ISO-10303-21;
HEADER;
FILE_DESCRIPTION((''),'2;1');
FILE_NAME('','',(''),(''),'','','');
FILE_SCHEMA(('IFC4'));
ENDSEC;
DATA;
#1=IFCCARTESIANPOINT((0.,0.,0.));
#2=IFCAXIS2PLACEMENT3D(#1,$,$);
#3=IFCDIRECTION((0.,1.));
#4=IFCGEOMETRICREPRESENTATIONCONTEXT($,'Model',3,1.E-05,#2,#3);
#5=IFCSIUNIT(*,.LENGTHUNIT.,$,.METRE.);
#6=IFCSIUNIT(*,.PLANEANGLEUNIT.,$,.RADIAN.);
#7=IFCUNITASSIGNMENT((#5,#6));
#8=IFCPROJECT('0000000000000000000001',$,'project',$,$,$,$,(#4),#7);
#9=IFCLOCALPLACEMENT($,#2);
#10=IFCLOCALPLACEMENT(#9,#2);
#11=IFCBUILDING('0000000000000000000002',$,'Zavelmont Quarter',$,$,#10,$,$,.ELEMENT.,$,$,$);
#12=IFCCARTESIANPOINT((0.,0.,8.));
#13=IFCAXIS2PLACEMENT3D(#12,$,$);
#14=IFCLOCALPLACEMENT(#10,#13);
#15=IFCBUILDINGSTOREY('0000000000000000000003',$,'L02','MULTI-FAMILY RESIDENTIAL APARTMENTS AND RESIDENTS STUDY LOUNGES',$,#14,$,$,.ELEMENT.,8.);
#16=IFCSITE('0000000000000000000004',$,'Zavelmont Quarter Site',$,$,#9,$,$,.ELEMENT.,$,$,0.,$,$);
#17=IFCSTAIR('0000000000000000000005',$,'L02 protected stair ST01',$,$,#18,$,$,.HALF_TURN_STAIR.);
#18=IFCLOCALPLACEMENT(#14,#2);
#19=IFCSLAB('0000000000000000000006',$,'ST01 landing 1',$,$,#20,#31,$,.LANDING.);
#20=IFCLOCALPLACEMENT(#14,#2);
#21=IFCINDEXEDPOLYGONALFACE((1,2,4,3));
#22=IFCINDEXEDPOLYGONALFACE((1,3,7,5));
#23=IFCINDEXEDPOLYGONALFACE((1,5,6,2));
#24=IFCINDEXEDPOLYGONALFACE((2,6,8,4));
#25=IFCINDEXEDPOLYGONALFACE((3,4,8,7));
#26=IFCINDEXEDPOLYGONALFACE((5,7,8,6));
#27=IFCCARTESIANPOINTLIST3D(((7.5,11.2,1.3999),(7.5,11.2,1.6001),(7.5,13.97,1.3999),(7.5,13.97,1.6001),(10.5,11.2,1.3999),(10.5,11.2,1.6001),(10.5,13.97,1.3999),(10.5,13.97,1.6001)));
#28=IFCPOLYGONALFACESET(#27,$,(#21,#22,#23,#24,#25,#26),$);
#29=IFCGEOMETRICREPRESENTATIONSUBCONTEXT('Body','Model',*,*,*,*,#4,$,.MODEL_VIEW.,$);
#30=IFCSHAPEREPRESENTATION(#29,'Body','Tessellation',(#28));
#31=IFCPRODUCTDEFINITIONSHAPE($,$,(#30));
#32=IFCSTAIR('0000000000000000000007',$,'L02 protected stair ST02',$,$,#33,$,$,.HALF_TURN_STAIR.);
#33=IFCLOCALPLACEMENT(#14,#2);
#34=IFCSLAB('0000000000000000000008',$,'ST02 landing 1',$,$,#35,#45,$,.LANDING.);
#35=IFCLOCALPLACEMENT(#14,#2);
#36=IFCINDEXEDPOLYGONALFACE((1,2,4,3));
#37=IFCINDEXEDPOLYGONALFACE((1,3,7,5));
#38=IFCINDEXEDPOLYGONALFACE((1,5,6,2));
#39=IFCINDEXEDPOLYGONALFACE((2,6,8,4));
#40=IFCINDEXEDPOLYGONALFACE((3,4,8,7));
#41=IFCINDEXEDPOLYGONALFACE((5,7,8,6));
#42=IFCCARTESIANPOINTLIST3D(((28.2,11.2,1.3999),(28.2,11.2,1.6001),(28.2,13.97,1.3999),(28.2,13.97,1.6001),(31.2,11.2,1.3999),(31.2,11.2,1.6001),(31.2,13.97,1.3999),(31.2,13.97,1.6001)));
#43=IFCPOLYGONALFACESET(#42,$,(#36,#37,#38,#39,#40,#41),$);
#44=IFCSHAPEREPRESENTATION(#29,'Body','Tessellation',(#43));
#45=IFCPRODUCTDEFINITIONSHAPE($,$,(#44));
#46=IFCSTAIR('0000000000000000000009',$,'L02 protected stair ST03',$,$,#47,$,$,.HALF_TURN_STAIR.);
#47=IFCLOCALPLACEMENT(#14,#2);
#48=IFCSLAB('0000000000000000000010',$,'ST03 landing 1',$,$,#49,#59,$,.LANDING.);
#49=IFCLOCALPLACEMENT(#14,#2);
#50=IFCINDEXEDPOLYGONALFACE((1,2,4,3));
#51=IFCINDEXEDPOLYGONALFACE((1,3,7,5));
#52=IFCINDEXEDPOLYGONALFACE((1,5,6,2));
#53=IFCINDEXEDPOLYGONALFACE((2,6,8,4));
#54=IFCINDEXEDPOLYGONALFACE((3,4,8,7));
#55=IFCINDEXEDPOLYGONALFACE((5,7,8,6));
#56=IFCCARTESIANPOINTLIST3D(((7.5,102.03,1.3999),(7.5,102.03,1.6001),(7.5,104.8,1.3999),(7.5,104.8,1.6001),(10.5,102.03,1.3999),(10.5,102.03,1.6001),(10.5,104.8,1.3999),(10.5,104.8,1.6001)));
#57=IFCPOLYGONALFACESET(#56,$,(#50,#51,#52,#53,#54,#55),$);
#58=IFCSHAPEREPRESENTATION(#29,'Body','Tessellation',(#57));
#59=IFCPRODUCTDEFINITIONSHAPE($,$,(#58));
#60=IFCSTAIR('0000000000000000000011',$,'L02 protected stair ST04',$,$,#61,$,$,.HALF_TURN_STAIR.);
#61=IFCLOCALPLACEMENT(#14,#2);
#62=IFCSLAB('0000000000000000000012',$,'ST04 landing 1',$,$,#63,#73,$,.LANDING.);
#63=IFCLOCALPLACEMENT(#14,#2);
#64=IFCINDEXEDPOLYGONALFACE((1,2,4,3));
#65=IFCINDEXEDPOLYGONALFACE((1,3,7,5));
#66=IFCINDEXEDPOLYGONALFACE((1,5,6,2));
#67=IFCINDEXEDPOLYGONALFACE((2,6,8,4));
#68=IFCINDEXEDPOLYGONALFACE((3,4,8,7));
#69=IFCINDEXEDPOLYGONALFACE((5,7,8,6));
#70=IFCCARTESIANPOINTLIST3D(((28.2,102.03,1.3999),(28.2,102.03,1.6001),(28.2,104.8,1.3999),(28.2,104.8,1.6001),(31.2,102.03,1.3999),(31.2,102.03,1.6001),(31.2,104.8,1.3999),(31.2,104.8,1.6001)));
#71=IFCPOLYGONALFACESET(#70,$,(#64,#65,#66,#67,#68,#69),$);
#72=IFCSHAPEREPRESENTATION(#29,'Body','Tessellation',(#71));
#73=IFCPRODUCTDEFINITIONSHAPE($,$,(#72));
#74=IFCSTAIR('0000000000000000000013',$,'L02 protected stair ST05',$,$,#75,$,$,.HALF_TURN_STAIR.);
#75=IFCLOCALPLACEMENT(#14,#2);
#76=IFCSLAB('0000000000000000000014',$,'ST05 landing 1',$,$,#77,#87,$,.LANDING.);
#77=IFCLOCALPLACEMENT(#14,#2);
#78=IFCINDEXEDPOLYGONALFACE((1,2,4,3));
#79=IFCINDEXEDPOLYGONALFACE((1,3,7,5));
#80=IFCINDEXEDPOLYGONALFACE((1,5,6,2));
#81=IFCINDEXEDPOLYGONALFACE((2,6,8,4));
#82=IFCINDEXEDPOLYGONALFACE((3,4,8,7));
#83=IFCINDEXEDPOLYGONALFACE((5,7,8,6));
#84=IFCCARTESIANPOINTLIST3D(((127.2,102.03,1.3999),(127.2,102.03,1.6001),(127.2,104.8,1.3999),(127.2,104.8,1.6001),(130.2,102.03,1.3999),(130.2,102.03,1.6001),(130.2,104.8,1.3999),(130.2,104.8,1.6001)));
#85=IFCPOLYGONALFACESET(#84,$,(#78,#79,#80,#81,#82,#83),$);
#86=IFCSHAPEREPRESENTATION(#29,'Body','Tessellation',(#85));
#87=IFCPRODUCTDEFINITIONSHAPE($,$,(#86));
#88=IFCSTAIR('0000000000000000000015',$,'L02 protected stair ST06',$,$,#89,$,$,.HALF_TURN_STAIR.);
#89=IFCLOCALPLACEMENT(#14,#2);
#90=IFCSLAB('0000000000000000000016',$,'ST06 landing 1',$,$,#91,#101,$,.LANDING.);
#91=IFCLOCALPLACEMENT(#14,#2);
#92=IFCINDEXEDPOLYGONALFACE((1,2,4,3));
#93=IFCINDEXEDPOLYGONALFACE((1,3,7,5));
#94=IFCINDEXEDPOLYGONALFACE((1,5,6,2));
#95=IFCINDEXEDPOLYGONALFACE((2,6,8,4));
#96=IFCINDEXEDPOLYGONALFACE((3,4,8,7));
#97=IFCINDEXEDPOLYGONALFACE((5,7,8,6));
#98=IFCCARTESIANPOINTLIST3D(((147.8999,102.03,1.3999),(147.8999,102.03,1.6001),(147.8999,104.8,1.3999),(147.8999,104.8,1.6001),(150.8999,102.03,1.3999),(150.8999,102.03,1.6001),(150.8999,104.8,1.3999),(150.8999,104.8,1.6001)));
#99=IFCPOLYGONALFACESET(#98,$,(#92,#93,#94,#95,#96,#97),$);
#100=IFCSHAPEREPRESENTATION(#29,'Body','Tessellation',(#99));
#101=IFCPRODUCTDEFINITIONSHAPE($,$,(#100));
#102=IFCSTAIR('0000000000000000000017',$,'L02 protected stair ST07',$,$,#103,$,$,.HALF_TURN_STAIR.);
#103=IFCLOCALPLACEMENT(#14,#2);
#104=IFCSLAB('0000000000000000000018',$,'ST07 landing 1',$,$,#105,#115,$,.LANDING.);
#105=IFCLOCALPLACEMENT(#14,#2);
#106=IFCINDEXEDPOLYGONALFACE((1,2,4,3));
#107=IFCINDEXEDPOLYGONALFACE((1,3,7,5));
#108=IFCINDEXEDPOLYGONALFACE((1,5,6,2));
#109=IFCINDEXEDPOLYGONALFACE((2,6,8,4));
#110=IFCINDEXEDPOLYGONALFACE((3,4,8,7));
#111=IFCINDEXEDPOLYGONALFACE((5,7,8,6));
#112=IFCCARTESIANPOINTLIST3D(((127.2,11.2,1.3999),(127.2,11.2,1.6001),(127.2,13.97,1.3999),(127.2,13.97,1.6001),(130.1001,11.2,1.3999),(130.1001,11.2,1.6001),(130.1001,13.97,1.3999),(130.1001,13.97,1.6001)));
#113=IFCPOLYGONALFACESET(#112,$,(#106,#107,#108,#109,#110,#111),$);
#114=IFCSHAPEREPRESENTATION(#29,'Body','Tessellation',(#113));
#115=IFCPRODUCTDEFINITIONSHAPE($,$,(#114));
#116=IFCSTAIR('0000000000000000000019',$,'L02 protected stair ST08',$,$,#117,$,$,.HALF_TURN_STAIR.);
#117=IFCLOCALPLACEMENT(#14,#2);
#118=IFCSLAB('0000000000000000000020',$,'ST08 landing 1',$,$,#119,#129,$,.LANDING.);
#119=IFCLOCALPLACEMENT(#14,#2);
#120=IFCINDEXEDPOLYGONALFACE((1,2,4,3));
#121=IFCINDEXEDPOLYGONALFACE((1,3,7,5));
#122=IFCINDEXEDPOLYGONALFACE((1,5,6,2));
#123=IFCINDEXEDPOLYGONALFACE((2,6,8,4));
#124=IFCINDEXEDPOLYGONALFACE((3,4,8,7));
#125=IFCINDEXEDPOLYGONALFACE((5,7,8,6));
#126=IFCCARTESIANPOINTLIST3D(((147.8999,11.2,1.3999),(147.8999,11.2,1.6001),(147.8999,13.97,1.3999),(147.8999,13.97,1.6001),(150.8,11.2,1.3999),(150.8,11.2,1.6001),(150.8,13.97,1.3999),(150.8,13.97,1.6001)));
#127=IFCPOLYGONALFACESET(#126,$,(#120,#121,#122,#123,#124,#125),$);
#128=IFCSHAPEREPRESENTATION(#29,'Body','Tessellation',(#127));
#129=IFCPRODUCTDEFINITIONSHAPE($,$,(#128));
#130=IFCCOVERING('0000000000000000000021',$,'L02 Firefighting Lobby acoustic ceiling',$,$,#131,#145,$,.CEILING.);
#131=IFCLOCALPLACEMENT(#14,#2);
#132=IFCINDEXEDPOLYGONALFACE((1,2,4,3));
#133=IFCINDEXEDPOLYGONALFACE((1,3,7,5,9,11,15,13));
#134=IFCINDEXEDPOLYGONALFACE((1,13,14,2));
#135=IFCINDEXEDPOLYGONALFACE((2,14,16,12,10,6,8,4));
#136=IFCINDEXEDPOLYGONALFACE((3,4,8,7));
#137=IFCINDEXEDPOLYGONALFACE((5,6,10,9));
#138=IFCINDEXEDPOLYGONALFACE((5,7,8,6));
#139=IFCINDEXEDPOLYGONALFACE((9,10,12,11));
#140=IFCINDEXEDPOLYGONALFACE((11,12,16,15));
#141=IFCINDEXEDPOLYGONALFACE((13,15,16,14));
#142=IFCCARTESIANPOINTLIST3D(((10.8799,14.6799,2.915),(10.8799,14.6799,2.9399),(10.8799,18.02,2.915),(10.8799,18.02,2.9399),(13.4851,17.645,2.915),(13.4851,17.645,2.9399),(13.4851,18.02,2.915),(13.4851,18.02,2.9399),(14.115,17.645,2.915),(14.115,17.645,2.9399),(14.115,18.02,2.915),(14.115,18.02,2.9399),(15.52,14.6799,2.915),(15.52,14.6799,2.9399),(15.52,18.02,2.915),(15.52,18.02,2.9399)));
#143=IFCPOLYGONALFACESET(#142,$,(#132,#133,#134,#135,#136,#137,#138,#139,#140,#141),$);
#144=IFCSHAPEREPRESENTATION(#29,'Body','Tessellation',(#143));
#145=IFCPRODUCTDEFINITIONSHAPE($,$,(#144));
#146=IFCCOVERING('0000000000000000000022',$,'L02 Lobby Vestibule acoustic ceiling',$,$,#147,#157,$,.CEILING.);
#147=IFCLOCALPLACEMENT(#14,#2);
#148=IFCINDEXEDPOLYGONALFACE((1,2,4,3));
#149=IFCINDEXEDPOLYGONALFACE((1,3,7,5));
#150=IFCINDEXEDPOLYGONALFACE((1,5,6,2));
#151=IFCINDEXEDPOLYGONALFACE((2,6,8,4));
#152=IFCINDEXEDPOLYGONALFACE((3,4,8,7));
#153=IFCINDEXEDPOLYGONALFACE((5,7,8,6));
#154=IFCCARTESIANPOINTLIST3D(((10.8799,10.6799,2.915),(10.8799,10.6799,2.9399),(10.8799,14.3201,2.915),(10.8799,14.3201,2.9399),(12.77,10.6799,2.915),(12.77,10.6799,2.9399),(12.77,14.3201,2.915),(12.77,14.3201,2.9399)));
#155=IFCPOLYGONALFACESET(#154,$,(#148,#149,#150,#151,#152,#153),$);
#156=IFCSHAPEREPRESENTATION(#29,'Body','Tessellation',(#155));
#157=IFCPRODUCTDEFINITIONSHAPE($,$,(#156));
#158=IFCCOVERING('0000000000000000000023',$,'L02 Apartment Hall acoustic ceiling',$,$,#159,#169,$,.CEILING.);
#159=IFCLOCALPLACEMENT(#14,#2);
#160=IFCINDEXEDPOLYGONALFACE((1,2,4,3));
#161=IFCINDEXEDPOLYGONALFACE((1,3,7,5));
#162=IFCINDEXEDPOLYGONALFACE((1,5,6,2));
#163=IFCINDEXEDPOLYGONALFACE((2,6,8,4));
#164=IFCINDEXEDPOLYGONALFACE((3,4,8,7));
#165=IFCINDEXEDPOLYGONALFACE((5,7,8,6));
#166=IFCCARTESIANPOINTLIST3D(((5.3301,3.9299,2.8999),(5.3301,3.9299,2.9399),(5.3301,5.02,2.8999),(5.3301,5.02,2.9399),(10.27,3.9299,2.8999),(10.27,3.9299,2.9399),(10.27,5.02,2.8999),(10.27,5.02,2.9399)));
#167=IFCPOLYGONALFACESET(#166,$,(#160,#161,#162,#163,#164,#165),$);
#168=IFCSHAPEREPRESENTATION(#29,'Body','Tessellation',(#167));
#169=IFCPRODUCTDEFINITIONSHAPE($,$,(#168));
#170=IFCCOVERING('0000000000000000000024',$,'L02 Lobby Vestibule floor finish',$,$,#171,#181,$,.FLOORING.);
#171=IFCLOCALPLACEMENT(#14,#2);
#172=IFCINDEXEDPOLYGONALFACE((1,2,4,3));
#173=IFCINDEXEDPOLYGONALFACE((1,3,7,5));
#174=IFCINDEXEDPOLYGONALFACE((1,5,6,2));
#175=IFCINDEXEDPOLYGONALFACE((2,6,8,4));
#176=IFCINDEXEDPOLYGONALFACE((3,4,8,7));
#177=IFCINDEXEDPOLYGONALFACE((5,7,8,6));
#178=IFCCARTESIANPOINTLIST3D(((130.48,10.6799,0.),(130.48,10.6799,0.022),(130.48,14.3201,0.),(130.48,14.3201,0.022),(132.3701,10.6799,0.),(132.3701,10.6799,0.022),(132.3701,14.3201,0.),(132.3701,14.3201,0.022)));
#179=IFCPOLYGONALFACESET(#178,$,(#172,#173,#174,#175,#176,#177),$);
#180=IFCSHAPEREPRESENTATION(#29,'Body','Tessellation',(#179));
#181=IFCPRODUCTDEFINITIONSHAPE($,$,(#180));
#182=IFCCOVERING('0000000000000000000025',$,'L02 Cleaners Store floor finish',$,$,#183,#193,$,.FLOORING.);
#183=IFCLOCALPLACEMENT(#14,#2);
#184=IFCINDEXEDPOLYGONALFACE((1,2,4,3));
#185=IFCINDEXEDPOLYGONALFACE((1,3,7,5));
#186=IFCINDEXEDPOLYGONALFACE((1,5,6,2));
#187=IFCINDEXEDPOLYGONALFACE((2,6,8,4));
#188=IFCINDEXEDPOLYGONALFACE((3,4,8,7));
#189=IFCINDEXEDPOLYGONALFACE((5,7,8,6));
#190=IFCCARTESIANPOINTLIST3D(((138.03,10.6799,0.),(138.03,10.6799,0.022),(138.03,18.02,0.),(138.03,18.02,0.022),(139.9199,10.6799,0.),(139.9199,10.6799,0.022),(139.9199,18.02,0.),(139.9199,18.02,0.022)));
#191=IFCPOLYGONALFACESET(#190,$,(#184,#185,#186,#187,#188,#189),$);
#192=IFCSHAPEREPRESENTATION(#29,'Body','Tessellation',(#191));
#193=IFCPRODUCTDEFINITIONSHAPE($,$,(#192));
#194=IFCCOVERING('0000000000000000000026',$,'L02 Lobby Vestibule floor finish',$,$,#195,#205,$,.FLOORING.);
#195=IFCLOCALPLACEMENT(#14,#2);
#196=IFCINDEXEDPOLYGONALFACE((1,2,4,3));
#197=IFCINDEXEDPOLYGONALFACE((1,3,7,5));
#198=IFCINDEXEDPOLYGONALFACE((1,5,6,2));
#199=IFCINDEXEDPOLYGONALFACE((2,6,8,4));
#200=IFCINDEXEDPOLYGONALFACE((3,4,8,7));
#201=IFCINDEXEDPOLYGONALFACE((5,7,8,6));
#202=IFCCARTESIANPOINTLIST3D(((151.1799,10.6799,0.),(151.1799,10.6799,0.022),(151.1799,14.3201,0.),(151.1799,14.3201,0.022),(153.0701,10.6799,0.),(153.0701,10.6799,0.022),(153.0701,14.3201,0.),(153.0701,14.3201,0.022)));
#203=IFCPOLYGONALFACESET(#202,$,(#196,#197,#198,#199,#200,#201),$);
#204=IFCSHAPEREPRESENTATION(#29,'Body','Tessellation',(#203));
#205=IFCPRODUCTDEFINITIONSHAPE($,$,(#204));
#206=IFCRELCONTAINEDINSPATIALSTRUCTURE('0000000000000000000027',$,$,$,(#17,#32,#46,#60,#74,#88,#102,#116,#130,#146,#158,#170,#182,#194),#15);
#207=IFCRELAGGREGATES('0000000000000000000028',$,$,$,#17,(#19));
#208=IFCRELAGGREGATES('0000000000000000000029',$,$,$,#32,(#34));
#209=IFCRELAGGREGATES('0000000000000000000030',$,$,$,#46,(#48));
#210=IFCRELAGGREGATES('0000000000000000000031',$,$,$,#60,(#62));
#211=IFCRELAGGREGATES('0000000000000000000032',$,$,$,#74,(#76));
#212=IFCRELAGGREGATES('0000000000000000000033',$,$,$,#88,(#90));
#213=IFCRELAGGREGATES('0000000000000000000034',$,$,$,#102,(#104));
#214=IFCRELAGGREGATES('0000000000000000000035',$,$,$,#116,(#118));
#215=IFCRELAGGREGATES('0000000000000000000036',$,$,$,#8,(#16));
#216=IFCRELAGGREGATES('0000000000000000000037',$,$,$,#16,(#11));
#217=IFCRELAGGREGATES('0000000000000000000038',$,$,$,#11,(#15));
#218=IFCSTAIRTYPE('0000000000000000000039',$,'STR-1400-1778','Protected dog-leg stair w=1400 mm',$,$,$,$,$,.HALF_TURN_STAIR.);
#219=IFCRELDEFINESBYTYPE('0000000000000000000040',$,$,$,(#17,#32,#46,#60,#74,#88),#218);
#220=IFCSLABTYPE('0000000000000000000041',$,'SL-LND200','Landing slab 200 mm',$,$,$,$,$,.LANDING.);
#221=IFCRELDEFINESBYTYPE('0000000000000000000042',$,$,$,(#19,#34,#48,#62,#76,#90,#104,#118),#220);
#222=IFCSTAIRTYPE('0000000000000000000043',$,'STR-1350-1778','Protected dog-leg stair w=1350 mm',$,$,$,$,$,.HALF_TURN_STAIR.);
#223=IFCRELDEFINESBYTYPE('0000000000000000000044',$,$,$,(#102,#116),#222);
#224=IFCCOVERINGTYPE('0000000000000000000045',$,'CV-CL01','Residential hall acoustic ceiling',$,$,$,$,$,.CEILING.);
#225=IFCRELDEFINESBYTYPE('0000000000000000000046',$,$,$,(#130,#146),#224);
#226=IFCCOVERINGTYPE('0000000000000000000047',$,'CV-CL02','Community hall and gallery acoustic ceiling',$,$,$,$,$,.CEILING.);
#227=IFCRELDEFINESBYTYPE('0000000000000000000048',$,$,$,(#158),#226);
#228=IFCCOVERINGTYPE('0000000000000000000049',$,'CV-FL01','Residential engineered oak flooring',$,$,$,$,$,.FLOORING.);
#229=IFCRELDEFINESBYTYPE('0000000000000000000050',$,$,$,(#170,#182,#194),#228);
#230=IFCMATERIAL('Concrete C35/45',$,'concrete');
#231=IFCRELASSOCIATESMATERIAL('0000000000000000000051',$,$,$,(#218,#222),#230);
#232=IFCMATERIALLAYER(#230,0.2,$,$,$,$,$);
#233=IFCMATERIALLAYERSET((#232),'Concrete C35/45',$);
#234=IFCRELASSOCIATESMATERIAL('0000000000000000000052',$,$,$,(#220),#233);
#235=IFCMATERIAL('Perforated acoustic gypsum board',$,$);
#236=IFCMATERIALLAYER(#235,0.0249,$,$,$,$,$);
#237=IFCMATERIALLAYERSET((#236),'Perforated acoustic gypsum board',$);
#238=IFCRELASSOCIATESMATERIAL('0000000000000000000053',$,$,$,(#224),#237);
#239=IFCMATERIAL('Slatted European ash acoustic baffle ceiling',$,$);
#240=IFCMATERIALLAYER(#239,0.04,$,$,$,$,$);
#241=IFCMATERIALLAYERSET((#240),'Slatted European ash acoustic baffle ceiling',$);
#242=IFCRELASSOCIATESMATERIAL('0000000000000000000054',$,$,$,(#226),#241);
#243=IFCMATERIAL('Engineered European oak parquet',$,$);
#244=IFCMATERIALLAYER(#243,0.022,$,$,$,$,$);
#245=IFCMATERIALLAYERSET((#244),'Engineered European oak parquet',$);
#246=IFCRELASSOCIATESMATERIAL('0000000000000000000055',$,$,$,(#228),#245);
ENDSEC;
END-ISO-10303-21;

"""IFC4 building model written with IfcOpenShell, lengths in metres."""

from ifc_helpers import new_model, si_unit, direction, frame, origin, place, context, subcontext, project, spatial, polyline, outline, extrude, material, layer, layer_set, type_object, element, aggregate, save


model = new_model("IFC4")

# Units and contexts
model_context = context("Model", 3, precision=1e-05, world=origin(), true_north=direction((0.0, 1.0)))
body_context = subcontext(model_context, "Body", "Model", "MODEL_VIEW")
ifc_project = project(units=[si_unit("LENGTHUNIT", "METRE"), si_unit("PLANEANGLEUNIT", "RADIAN")], contexts=[model_context])

# Site, building, storey
site_placement = place(None, origin())
site = spatial("IfcSite", under=ifc_project, at=site_placement, Name="Zavelmont Quarter Site", CompositionType="ELEMENT", RefElevation=0.0)
building_placement = place(site_placement, origin())
building = spatial("IfcBuilding", under=site, at=building_placement, Name="Zavelmont Quarter", CompositionType="ELEMENT")
storey_placement = place(building_placement, frame((0.0, 0.0, 8.0)))
storey = spatial("IfcBuildingStorey", under=building, at=storey_placement, Name="L02", Description="MULTI-FAMILY RESIDENTIAL APARTMENTS AND RESIDENTS STUDY LOUNGES", CompositionType="ELEMENT", Elevation=8.0)

# Stairs, slabs
ifc_material_1 = material(Name="Concrete C35/45", Category="concrete")
stair_type_1 = type_object("IfcStairType", Name="STR-1400-1778", Description="Protected dog-leg stair w=1400 mm", PredefinedType="HALF_TURN_STAIR", material=ifc_material_1)
stair_1_placement = place(storey_placement, origin())
stair_1 = element("IfcStair", 1, at=stair_1_placement, inside=storey, type_object=stair_type_1, Name="L02 protected stair ST01", PredefinedType="HALF_TURN_STAIR")
ifc_layer_1 = layer(ifc_material_1, 0.2)
ifc_layer_set_1 = layer_set([ifc_layer_1], Name="Concrete C35/45")
slab_type = type_object("IfcSlabType", Name="SL-LND200", Description="Landing slab 200 mm", PredefinedType="LANDING", material=ifc_layer_set_1)
slab_1_placement = place(storey_placement, frame((0.0, 0.0, 1.3999)))
slab_1 = element("IfcSlab", 2, at=slab_1_placement, type_object=slab_type, Name="ST01 landing 1", PredefinedType="LANDING", context=body_context, shape_type="SweptSolid", body=[
    extrude(outline(polyline([(7.5, 13.97), (7.5, 11.2), (10.5, 11.2), (10.5, 13.97), (7.5, 13.97)])), origin(), (0.0, 0.0, 1.0), 0.2002),
])
aggregate(stair_1, [slab_1])
stair_2_placement = place(storey_placement, origin())
stair_2 = element("IfcStair", 3, at=stair_2_placement, inside=storey, type_object=stair_type_1, Name="L02 protected stair ST02", PredefinedType="HALF_TURN_STAIR")
slab_2_placement = place(storey_placement, frame((0.0, 0.0, 1.3999)))
slab_2 = element("IfcSlab", 4, at=slab_2_placement, type_object=slab_type, Name="ST02 landing 1", PredefinedType="LANDING", context=body_context, shape_type="SweptSolid", body=[
    extrude(outline(polyline([(28.2, 13.97), (28.2, 11.2), (31.2, 11.2), (31.2, 13.97), (28.2, 13.97)])), origin(), (0.0, 0.0, 1.0), 0.2002),
])
aggregate(stair_2, [slab_2])
stair_3_placement = place(storey_placement, origin())
stair_3 = element("IfcStair", 5, at=stair_3_placement, inside=storey, type_object=stair_type_1, Name="L02 protected stair ST03", PredefinedType="HALF_TURN_STAIR")
slab_3_placement = place(storey_placement, frame((0.0, 0.0, 1.3999)))
slab_3 = element("IfcSlab", 6, at=slab_3_placement, type_object=slab_type, Name="ST03 landing 1", PredefinedType="LANDING", context=body_context, shape_type="SweptSolid", body=[
    extrude(outline(polyline([(10.5, 102.03), (10.5, 104.8), (7.5, 104.8), (7.5, 102.03), (10.5, 102.03)])), origin(), (0.0, 0.0, 1.0), 0.2002),
])
aggregate(stair_3, [slab_3])
stair_4_placement = place(storey_placement, origin())
stair_4 = element("IfcStair", 7, at=stair_4_placement, inside=storey, type_object=stair_type_1, Name="L02 protected stair ST04", PredefinedType="HALF_TURN_STAIR")
slab_4_placement = place(storey_placement, frame((0.0, 0.0, 1.3999)))
slab_4 = element("IfcSlab", 8, at=slab_4_placement, type_object=slab_type, Name="ST04 landing 1", PredefinedType="LANDING", context=body_context, shape_type="SweptSolid", body=[
    extrude(outline(polyline([(31.2, 102.03), (31.2, 104.8), (28.2, 104.8), (28.2, 102.03), (31.2, 102.03)])), origin(), (0.0, 0.0, 1.0), 0.2002),
])
aggregate(stair_4, [slab_4])
stair_5_placement = place(storey_placement, origin())
stair_5 = element("IfcStair", 9, at=stair_5_placement, inside=storey, type_object=stair_type_1, Name="L02 protected stair ST05", PredefinedType="HALF_TURN_STAIR")
slab_5_placement = place(storey_placement, frame((0.0, 0.0, 1.3999)))
slab_5 = element("IfcSlab", 10, at=slab_5_placement, type_object=slab_type, Name="ST05 landing 1", PredefinedType="LANDING", context=body_context, shape_type="SweptSolid", body=[
    extrude(outline(polyline([(130.2, 102.03), (130.2, 104.8), (127.2, 104.8), (127.2, 102.03), (130.2, 102.03)])), origin(), (0.0, 0.0, 1.0), 0.2002),
])
aggregate(stair_5, [slab_5])
stair_6_placement = place(storey_placement, origin())
stair_6 = element("IfcStair", 11, at=stair_6_placement, inside=storey, type_object=stair_type_1, Name="L02 protected stair ST06", PredefinedType="HALF_TURN_STAIR")
slab_6_placement = place(storey_placement, frame((0.0, 0.0, 1.3999)))
slab_6 = element("IfcSlab", 12, at=slab_6_placement, type_object=slab_type, Name="ST06 landing 1", PredefinedType="LANDING", context=body_context, shape_type="SweptSolid", body=[
    extrude(outline(polyline([(150.8999, 102.03), (150.8999, 104.8), (147.8999, 104.8), (147.8999, 102.03), (150.8999, 102.03)])), origin(), (0.0, 0.0, 1.0), 0.2002),
])
aggregate(stair_6, [slab_6])
stair_type_2 = type_object("IfcStairType", Name="STR-1350-1778", Description="Protected dog-leg stair w=1350 mm", PredefinedType="HALF_TURN_STAIR", material=ifc_material_1)
stair_7_placement = place(storey_placement, origin())
stair_7 = element("IfcStair", 13, at=stair_7_placement, inside=storey, type_object=stair_type_2, Name="L02 protected stair ST07", PredefinedType="HALF_TURN_STAIR")
slab_7_placement = place(storey_placement, frame((0.0, 0.0, 1.3999)))
slab_7 = element("IfcSlab", 14, at=slab_7_placement, type_object=slab_type, Name="ST07 landing 1", PredefinedType="LANDING", context=body_context, shape_type="SweptSolid", body=[
    extrude(outline(polyline([(127.2, 13.97), (127.2, 11.2), (130.1001, 11.2), (130.1001, 13.97), (127.2, 13.97)])), origin(), (0.0, 0.0, 1.0), 0.2002),
])
aggregate(stair_7, [slab_7])
stair_8_placement = place(storey_placement, origin())
stair_8 = element("IfcStair", 15, at=stair_8_placement, inside=storey, type_object=stair_type_2, Name="L02 protected stair ST08", PredefinedType="HALF_TURN_STAIR")
slab_8_placement = place(storey_placement, frame((0.0, 0.0, 1.3999)))
slab_8 = element("IfcSlab", 16, at=slab_8_placement, type_object=slab_type, Name="ST08 landing 1", PredefinedType="LANDING", context=body_context, shape_type="SweptSolid", body=[
    extrude(outline(polyline([(147.8999, 13.97), (147.8999, 11.2), (150.8, 11.2), (150.8, 13.97), (147.8999, 13.97)])), origin(), (0.0, 0.0, 1.0), 0.2002),
])
aggregate(stair_8, [slab_8])

# Coverings
ifc_material_2 = material(Name="Perforated acoustic gypsum board")
ifc_layer_2 = layer(ifc_material_2, 0.0249)
ifc_layer_set_2 = layer_set([ifc_layer_2], Name="Perforated acoustic gypsum board")
covering_type_1 = type_object("IfcCoveringType", Name="CV-CL01", Description="Residential hall acoustic ceiling", PredefinedType="CEILING", material=ifc_layer_set_2)
covering_1_placement = place(storey_placement, frame((0.0, 0.0, 2.915)))
element("IfcCovering", 17, at=covering_1_placement, inside=storey, type_object=covering_type_1, Name="L02 Firefighting Lobby acoustic ceiling", PredefinedType="CEILING", context=body_context, shape_type="SweptSolid", body=[
    extrude(outline(polyline([(10.8799, 18.02), (13.4851, 18.02), (13.4851, 17.645), (14.115, 17.645), (14.115, 18.02), (15.52, 18.02), (15.52, 14.6799), (10.8799, 14.6799), (10.8799, 18.02)])), origin(), (0.0, 0.0, 1.0), 0.0249),
])
covering_2_placement = place(storey_placement, frame((0.0, 0.0, 2.915)))
element("IfcCovering", 18, at=covering_2_placement, inside=storey, type_object=covering_type_1, Name="L02 Lobby Vestibule acoustic ceiling", PredefinedType="CEILING", context=body_context, shape_type="SweptSolid", body=[
    extrude(outline(polyline([(10.8799, 14.3201), (12.77, 14.3201), (12.77, 10.6799), (10.8799, 10.6799), (10.8799, 14.3201)])), origin(), (0.0, 0.0, 1.0), 0.0249),
])
ifc_material_3 = material(Name="Slatted European ash acoustic baffle ceiling")
ifc_layer_3 = layer(ifc_material_3, 0.04)
ifc_layer_set_3 = layer_set([ifc_layer_3], Name="Slatted European ash acoustic baffle ceiling")
covering_type_2 = type_object("IfcCoveringType", Name="CV-CL02", Description="Community hall and gallery acoustic ceiling", PredefinedType="CEILING", material=ifc_layer_set_3)
covering_3_placement = place(storey_placement, frame((0.0, 0.0, 2.8999)))
element("IfcCovering", 19, at=covering_3_placement, inside=storey, type_object=covering_type_2, Name="L02 Apartment Hall acoustic ceiling", PredefinedType="CEILING", context=body_context, shape_type="SweptSolid", body=[
    extrude(outline(polyline([(5.3301, 5.02), (10.27, 5.02), (10.27, 3.9299), (5.3301, 3.9299), (5.3301, 5.02)])), origin(), (0.0, 0.0, 1.0), 0.04),
])
ifc_material_4 = material(Name="Engineered European oak parquet")
ifc_layer_4 = layer(ifc_material_4, 0.022)
ifc_layer_set_4 = layer_set([ifc_layer_4], Name="Engineered European oak parquet")
covering_type_3 = type_object("IfcCoveringType", Name="CV-FL01", Description="Residential engineered oak flooring", PredefinedType="FLOORING", material=ifc_layer_set_4)
covering_4_placement = place(storey_placement, origin())
element("IfcCovering", 20, at=covering_4_placement, inside=storey, type_object=covering_type_3, Name="L02 Lobby Vestibule floor finish", PredefinedType="FLOORING", context=body_context, shape_type="SweptSolid", body=[
    extrude(outline(polyline([(130.48, 14.3201), (132.3701, 14.3201), (132.3701, 10.6799), (130.48, 10.6799), (130.48, 14.3201)])), origin(), (0.0, 0.0, 1.0), 0.022),
])
covering_5_placement = place(storey_placement, origin())
element("IfcCovering", 21, at=covering_5_placement, inside=storey, type_object=covering_type_3, Name="L02 Cleaners Store floor finish", PredefinedType="FLOORING", context=body_context, shape_type="SweptSolid", body=[
    extrude(outline(polyline([(138.03, 18.02), (139.9199, 18.02), (139.9199, 10.6799), (138.03, 10.6799), (138.03, 18.02)])), origin(), (0.0, 0.0, 1.0), 0.022),
])
covering_6_placement = place(storey_placement, origin())
element("IfcCovering", 22, at=covering_6_placement, inside=storey, type_object=covering_type_3, Name="L02 Lobby Vestibule floor finish", PredefinedType="FLOORING", context=body_context, shape_type="SweptSolid", body=[
    extrude(outline(polyline([(151.1799, 14.3201), (153.0701, 14.3201), (153.0701, 10.6799), (151.1799, 10.6799), (151.1799, 14.3201)])), origin(), (0.0, 0.0, 1.0), 0.022),
])

save(model, "model.ifc")
